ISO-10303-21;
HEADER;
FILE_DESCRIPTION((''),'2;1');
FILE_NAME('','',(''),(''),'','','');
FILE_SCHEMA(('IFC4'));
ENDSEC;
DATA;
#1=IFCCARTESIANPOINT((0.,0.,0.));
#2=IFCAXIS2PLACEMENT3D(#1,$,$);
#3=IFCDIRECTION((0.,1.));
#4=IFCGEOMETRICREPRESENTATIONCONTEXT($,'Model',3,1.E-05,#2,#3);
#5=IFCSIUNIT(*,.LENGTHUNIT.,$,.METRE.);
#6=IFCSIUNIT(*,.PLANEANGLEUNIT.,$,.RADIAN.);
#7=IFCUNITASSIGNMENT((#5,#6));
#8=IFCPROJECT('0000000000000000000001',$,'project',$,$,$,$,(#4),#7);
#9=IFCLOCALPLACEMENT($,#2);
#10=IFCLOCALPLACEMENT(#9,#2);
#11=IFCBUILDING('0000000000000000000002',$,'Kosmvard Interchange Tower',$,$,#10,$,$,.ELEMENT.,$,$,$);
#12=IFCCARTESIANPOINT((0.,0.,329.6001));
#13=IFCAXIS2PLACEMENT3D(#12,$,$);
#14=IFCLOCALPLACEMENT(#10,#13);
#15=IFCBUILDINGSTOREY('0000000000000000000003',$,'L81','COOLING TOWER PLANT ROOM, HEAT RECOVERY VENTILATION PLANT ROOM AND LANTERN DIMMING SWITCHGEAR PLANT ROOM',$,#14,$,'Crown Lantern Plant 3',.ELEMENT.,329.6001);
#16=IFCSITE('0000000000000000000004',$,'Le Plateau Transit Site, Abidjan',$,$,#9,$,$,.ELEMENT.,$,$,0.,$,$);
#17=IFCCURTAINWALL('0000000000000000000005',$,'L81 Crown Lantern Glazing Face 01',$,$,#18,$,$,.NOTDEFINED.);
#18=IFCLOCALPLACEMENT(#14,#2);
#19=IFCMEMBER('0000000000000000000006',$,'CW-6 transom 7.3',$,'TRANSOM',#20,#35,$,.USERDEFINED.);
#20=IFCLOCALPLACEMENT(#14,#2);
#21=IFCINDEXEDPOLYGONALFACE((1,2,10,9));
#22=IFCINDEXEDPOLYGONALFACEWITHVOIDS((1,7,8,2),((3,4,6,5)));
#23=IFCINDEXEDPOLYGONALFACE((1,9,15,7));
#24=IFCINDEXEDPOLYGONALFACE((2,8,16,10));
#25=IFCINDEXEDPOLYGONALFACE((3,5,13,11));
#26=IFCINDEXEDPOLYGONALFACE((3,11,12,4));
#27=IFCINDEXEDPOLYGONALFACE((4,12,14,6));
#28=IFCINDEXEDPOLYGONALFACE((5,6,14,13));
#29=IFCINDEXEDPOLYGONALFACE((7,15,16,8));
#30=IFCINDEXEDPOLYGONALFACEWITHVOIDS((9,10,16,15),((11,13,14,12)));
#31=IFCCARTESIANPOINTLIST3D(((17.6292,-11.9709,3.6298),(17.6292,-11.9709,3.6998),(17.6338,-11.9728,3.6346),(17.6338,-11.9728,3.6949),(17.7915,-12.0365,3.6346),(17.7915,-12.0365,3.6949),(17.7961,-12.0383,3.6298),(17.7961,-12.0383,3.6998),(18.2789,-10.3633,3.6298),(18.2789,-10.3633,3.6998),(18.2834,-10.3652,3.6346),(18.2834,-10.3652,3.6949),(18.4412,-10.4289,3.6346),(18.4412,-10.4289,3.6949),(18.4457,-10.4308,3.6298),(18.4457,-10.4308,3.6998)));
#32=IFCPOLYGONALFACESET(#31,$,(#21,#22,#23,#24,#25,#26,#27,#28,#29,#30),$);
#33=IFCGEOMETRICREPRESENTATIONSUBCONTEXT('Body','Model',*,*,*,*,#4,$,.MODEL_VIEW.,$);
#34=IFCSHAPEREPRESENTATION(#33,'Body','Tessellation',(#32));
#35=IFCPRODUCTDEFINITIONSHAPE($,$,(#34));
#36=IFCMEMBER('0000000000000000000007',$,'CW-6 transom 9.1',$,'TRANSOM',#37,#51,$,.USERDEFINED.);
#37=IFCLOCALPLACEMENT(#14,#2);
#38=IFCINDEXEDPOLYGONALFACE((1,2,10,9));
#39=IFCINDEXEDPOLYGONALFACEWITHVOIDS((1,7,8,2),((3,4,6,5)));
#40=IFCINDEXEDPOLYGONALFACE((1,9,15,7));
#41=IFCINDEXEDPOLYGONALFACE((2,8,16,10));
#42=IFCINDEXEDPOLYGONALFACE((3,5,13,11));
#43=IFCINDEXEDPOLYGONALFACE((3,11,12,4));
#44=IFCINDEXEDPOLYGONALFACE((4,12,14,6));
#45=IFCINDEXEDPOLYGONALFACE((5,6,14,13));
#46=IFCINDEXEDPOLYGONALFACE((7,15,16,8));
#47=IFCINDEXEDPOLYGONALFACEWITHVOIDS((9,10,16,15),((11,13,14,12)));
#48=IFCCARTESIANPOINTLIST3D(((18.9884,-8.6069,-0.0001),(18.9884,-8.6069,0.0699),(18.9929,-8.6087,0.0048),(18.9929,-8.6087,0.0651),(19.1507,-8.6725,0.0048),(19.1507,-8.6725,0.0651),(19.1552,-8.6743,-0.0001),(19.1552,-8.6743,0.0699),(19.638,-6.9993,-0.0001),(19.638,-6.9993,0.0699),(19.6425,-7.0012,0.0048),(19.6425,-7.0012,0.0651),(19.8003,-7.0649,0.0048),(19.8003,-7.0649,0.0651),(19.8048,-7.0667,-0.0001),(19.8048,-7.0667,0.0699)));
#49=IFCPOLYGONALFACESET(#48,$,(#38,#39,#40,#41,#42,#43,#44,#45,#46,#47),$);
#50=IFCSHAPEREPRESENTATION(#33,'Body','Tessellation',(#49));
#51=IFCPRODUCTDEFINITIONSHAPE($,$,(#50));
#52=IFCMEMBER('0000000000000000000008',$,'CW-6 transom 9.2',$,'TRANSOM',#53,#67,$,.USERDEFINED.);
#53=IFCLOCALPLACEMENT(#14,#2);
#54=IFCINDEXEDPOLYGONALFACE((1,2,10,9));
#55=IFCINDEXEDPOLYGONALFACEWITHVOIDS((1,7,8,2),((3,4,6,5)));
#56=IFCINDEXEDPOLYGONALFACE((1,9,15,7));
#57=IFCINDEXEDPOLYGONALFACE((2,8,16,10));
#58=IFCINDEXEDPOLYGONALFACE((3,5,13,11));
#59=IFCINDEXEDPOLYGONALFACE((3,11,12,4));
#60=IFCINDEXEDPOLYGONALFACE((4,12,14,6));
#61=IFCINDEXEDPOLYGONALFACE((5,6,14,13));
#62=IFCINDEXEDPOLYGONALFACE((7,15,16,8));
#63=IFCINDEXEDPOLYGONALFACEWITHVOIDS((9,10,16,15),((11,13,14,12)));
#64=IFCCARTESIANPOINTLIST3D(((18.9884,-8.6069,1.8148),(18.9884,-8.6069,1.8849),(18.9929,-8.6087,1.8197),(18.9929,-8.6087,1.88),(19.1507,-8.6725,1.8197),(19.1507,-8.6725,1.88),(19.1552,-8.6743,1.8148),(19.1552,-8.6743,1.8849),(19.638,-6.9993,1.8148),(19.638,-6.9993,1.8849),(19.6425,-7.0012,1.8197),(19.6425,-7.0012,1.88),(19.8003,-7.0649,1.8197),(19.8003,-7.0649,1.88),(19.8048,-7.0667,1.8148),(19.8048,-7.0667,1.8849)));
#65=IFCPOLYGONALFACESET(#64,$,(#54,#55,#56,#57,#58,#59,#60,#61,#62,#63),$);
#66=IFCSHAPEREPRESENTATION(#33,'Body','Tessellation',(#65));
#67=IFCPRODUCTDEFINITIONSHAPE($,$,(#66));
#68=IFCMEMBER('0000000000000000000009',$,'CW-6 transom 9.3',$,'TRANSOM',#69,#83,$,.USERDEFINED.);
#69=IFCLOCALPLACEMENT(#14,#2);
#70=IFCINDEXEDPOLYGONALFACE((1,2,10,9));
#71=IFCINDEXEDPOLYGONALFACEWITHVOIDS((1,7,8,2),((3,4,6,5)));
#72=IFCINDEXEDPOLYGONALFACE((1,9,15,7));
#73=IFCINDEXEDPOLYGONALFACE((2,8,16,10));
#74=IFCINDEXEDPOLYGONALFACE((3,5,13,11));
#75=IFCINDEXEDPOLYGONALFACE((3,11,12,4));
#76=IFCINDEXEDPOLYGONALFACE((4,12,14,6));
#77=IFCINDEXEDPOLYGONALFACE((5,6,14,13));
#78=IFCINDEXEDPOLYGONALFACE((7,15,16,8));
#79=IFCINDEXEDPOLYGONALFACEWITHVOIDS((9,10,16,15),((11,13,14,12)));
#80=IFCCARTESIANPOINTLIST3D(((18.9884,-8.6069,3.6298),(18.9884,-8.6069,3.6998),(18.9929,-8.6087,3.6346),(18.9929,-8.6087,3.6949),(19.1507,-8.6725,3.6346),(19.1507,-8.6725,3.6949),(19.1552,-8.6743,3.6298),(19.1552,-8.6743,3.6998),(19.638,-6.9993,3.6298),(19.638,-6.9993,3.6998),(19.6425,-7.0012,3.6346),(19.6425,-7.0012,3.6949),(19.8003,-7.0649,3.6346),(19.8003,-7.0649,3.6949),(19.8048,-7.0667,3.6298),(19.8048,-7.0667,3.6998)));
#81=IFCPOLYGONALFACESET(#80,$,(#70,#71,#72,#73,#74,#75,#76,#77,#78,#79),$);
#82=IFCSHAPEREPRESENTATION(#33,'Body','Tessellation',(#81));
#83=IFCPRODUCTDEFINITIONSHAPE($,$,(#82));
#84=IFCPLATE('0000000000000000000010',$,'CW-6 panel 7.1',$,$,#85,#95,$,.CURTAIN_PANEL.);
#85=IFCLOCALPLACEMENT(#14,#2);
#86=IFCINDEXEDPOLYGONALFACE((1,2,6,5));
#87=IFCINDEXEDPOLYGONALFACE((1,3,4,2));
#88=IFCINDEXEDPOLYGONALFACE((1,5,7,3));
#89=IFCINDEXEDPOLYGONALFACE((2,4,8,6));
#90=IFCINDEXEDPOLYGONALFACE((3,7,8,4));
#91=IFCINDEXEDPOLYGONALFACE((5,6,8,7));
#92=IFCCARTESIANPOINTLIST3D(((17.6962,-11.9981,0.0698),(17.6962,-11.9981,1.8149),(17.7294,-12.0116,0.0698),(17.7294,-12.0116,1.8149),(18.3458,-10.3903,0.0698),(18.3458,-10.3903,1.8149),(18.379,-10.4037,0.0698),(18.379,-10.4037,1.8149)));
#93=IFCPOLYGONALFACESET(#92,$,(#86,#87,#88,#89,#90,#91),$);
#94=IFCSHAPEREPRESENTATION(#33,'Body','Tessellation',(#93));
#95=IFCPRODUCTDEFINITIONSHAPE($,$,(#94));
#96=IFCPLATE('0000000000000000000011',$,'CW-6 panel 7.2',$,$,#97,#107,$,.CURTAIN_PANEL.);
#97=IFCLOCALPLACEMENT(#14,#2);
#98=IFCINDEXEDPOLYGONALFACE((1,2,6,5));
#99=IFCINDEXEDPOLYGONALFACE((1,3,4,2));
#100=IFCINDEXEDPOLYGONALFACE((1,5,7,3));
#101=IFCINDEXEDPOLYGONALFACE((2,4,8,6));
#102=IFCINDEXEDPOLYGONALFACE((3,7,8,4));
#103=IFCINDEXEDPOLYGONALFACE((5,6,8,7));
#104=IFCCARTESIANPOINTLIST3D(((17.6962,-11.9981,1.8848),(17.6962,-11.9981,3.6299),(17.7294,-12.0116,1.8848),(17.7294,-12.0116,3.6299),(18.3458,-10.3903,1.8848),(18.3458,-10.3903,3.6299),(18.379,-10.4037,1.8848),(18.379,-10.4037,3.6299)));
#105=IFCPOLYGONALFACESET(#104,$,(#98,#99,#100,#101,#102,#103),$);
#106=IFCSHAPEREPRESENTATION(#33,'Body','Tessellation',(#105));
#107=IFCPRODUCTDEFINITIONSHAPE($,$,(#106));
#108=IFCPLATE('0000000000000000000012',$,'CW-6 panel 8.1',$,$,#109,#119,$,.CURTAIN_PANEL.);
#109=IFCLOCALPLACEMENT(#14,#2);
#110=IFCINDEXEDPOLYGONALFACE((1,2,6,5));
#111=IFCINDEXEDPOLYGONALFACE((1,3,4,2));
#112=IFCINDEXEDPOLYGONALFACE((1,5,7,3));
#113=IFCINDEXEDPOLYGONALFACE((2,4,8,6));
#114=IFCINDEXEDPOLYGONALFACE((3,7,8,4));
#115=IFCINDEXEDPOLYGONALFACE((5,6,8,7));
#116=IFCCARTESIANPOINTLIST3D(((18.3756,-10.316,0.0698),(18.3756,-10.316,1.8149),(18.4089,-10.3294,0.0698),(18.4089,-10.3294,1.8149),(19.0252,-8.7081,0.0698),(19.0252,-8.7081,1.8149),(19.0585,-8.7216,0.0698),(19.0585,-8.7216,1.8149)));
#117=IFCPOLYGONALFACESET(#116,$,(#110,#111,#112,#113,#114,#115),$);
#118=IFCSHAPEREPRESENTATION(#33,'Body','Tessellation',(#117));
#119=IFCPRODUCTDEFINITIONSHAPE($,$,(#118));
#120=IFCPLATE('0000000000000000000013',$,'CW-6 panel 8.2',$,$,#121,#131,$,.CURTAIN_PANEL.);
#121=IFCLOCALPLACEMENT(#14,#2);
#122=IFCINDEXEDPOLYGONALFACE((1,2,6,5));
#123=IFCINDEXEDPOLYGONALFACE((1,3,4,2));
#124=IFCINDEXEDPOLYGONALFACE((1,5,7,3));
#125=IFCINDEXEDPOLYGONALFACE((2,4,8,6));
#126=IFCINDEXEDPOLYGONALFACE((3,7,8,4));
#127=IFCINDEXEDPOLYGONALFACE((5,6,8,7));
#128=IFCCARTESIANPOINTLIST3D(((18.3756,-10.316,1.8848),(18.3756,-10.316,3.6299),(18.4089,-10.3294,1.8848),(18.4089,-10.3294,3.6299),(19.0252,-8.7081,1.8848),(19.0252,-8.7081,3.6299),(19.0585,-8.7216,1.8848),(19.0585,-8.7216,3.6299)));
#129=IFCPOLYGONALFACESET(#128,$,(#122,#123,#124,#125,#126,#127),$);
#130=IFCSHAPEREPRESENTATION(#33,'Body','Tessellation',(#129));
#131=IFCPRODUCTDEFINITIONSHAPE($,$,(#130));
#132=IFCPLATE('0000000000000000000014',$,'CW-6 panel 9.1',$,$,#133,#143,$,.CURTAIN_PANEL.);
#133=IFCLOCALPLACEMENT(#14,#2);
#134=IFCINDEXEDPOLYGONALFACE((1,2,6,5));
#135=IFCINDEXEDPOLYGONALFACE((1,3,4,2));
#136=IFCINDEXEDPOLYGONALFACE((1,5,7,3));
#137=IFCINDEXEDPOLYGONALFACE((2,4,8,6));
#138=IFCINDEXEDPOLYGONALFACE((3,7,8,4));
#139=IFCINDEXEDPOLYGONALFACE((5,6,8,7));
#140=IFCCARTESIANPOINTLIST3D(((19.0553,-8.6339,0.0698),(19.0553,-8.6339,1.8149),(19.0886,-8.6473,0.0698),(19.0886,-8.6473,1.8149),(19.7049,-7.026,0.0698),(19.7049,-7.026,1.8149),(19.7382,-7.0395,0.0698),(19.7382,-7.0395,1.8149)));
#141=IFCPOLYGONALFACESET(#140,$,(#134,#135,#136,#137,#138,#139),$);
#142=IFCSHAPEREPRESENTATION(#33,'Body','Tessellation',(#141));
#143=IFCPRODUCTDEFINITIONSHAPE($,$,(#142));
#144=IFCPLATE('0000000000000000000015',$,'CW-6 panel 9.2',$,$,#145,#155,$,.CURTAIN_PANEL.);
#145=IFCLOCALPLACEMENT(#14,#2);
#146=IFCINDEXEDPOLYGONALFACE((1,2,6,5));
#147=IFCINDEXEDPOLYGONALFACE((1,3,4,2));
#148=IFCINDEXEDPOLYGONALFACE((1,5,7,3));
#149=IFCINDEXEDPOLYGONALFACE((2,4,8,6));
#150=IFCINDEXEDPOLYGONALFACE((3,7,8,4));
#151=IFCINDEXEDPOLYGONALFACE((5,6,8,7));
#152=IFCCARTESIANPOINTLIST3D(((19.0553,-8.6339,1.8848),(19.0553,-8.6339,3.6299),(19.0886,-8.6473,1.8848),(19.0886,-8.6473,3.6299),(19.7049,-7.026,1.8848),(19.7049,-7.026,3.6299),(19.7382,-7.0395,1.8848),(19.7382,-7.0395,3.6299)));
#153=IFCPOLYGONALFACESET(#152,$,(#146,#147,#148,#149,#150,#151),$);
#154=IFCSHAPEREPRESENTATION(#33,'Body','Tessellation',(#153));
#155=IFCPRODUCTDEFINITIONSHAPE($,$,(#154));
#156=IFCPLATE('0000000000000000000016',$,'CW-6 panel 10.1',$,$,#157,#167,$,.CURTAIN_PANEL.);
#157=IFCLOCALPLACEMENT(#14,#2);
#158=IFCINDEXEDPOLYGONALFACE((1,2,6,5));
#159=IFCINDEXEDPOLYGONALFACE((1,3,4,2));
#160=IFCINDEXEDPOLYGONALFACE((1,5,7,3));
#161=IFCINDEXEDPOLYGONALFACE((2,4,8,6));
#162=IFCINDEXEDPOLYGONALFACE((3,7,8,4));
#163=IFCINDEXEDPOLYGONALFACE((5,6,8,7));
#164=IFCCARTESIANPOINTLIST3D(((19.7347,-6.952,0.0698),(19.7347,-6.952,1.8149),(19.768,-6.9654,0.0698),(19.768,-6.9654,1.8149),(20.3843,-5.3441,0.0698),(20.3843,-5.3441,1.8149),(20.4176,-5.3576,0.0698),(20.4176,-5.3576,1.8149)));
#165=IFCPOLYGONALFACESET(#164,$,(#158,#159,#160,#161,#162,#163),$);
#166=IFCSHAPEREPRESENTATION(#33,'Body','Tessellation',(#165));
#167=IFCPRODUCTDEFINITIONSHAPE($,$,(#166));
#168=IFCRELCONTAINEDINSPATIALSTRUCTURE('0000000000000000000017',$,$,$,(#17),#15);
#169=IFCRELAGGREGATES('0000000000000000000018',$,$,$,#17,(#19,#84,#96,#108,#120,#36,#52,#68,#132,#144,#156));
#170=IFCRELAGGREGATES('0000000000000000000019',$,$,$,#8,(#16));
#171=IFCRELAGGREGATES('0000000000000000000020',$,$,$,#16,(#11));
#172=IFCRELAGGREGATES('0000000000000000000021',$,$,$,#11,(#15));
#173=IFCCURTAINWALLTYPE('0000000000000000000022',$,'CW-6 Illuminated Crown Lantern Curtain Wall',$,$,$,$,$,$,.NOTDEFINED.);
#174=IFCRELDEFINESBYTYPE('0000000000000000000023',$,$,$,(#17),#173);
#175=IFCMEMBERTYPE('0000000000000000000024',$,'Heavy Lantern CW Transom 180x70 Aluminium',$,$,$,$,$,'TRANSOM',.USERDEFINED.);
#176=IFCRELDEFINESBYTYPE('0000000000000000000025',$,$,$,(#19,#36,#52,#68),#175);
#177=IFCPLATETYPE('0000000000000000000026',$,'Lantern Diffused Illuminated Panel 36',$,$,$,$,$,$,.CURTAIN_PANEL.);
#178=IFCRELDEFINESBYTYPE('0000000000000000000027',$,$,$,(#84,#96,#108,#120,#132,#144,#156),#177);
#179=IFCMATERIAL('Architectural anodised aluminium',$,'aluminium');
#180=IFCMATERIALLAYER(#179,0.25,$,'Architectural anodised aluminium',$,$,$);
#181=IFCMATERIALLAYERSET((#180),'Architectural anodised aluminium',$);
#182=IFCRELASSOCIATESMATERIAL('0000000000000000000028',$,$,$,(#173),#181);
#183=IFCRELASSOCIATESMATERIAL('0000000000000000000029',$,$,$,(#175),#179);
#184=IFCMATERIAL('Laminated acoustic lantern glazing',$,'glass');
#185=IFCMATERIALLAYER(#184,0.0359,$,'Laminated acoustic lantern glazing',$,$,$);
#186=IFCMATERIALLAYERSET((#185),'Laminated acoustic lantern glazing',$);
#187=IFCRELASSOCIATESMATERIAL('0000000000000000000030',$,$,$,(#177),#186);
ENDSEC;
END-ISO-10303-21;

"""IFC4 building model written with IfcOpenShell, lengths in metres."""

from ifc_helpers import new_model, si_unit, direction, frame, origin, origin_2d, place, context, subcontext, project, spatial, rectangle, hollow_rectangle, extrude, source, transform, mapped, material, layer, layer_set, material_profile, profile_set, type_object, element, aggregate, save


model = new_model("IFC4")

# Units and contexts
model_context = context("Model", 3, precision=1e-05, world=origin(), true_north=direction((0.0, 1.0)))
body_context = subcontext(model_context, "Body", "Model", "MODEL_VIEW")
ifc_project = project(units=[si_unit("LENGTHUNIT", "METRE"), si_unit("PLANEANGLEUNIT", "RADIAN")], contexts=[model_context])

# Site, building, storey
site_placement = place(None, origin())
site = spatial("IfcSite", under=ifc_project, at=site_placement, Name="Le Plateau Transit Site, Abidjan", CompositionType="ELEMENT", RefElevation=0.0)
building_placement = place(site_placement, origin())
building = spatial("IfcBuilding", under=site, at=building_placement, Name="Kosmvard Interchange Tower", CompositionType="ELEMENT")
storey_placement = place(building_placement, frame((0.0, 0.0, 329.6001)))
storey = spatial("IfcBuildingStorey", under=building, at=storey_placement, Name="L81", Description="COOLING TOWER PLANT ROOM, HEAT RECOVERY VENTILATION PLANT ROOM AND LANTERN DIMMING SWITCHGEAR PLANT ROOM", LongName="Crown Lantern Plant 3", CompositionType="ELEMENT", Elevation=329.6001)

# Curtain wall, members, plates
ifc_material_1 = material(Name="Architectural anodised aluminium", Category="aluminium")
ifc_layer_1 = layer(ifc_material_1, 0.25, Name="Architectural anodised aluminium")
ifc_layer_set_1 = layer_set([ifc_layer_1], Name="Architectural anodised aluminium")
curtain_wall_type = type_object("IfcCurtainWallType", Name="CW-6 Illuminated Crown Lantern Curtain Wall", PredefinedType="NOTDEFINED", material=ifc_layer_set_1)
curtain_wall_placement = place(storey_placement, origin())
curtain_wall = element("IfcCurtainWall", 1, at=curtain_wall_placement, inside=storey, type_object=curtain_wall_type, Name="L81 Crown Lantern Glazing Face 01", PredefinedType="NOTDEFINED")
ifc_material_profile_1 = material_profile(ifc_material_1, hollow_rectangle(XDim=0.1799, YDim=0.0701, WallThickness=0.0049, at=origin_2d()), Name="CWT 180x70x5")
ifc_profile_set_1 = profile_set([ifc_material_profile_1], Name="Architectural anodised aluminium")
member_type_1 = type_object("IfcMemberType", Name="Heavy Lantern CW Transom 180x70 Aluminium", ElementType="TRANSOM", PredefinedType="USERDEFINED", material=ifc_profile_set_1)
shared_shape_1 = source(origin(), body_context, "Body", "SweptSolid", [
    extrude(hollow_rectangle(XDim=0.1799, YDim=0.0701, WallThickness=0.0049, at=origin_2d()), origin(), (0.0, 0.0, 1.0), 1.7339),
])
member_1_placement = place(storey_placement, frame((17.7126, -12.0046, 3.6648), z_axis=(0.374666, 0.92716, 0.0), x_axis=(-0.92716, 0.374666, 0.0)))
member_1 = element("IfcMember", 2, at=member_1_placement, type_object=member_type_1, Name="CW-6 transom 7.3", ObjectType="TRANSOM", PredefinedType="USERDEFINED", context=body_context, shape_type="MappedRepresentation", body=[
    mapped(shared_shape_1, transform((0.0, 0.0, 0.0), scale=1.0)),
])
member_2_placement = place(storey_placement, frame((19.0718, -8.6406, 0.0349), z_axis=(0.374666, 0.92716, 0.0), x_axis=(-0.92716, 0.374666, 0.0)))
member_2 = element("IfcMember", 3, at=member_2_placement, type_object=member_type_1, Name="CW-6 transom 9.1", ObjectType="TRANSOM", PredefinedType="USERDEFINED", context=body_context, shape_type="MappedRepresentation", body=[
    mapped(shared_shape_1, transform((0.0, 0.0, 0.0), scale=1.0)),
])
member_3_placement = place(storey_placement, frame((19.0718, -8.6406, 1.8499), z_axis=(0.374666, 0.92716, 0.0), x_axis=(-0.92716, 0.374666, 0.0)))
member_3 = element("IfcMember", 4, at=member_3_placement, type_object=member_type_1, Name="CW-6 transom 9.2", ObjectType="TRANSOM", PredefinedType="USERDEFINED", context=body_context, shape_type="MappedRepresentation", body=[
    mapped(shared_shape_1, transform((0.0, 0.0, 0.0), scale=1.0)),
])
member_4_placement = place(storey_placement, frame((19.0718, -8.6406, 3.6648), z_axis=(0.374666, 0.92716, 0.0), x_axis=(-0.92716, 0.374666, 0.0)))
member_4 = element("IfcMember", 5, at=member_4_placement, type_object=member_type_1, Name="CW-6 transom 9.3", ObjectType="TRANSOM", PredefinedType="USERDEFINED", context=body_context, shape_type="MappedRepresentation", body=[
    mapped(shared_shape_1, transform((0.0, 0.0, 0.0), scale=1.0)),
])
ifc_material_2 = material(Name="Laminated acoustic lantern glazing", Category="glass")
ifc_layer_2 = layer(ifc_material_2, 0.0359, Name="Laminated acoustic lantern glazing")
ifc_layer_set_2 = layer_set([ifc_layer_2], Name="Laminated acoustic lantern glazing")
plate_type = type_object("IfcPlateType", Name="Lantern Diffused Illuminated Panel 36", PredefinedType="CURTAIN_PANEL", material=ifc_layer_set_2)
shared_shape_2 = source(origin(), body_context, "Body", "SweptSolid", [
    extrude(rectangle(XDim=1.7341, YDim=0.0359, at=origin_2d()), origin(), (0.0, 0.0, 1.0), 1.7451),
])
plate_1_placement = place(storey_placement, frame((18.0376, -11.2009, 0.0698), z_axis=(0.0, 0.0, 1.0), x_axis=(0.374607, 0.927184, 0.0)))
plate_1 = element("IfcPlate", 6, at=plate_1_placement, type_object=plate_type, Name="CW-6 panel 7.1", PredefinedType="CURTAIN_PANEL", context=body_context, shape_type="MappedRepresentation", body=[
    mapped(shared_shape_2, transform((0.0, 0.0, 0.0), scale=1.0)),
])
plate_2_placement = place(storey_placement, frame((18.0376, -11.2009, 1.8848), z_axis=(0.0, 0.0, 1.0), x_axis=(0.374607, 0.927184, 0.0)))
plate_2 = element("IfcPlate", 7, at=plate_2_placement, type_object=plate_type, Name="CW-6 panel 7.2", PredefinedType="CURTAIN_PANEL", context=body_context, shape_type="MappedRepresentation", body=[
    mapped(shared_shape_2, transform((0.0, 0.0, 0.0), scale=1.0)),
])
plate_3_placement = place(storey_placement, frame((18.717, -9.5188, 0.0698), z_axis=(0.0, 0.0, 1.0), x_axis=(0.374607, 0.927184, 0.0)))
plate_3 = element("IfcPlate", 8, at=plate_3_placement, type_object=plate_type, Name="CW-6 panel 8.1", PredefinedType="CURTAIN_PANEL", context=body_context, shape_type="MappedRepresentation", body=[
    mapped(shared_shape_2, transform((0.0, 0.0, 0.0), scale=1.0)),
])
plate_4_placement = place(storey_placement, frame((18.717, -9.5188, 1.8848), z_axis=(0.0, 0.0, 1.0), x_axis=(0.374607, 0.927184, 0.0)))
plate_4 = element("IfcPlate", 9, at=plate_4_placement, type_object=plate_type, Name="CW-6 panel 8.2", PredefinedType="CURTAIN_PANEL", context=body_context, shape_type="MappedRepresentation", body=[
    mapped(shared_shape_2, transform((0.0, 0.0, 0.0), scale=1.0)),
])
plate_5_placement = place(storey_placement, frame((19.3967, -7.8367, 0.0698), z_axis=(0.0, 0.0, 1.0), x_axis=(0.374607, 0.927184, 0.0)))
plate_5 = element("IfcPlate", 10, at=plate_5_placement, type_object=plate_type, Name="CW-6 panel 9.1", PredefinedType="CURTAIN_PANEL", context=body_context, shape_type="MappedRepresentation", body=[
    mapped(shared_shape_2, transform((0.0, 0.0, 0.0), scale=1.0)),
])
plate_6_placement = place(storey_placement, frame((19.3967, -7.8367, 1.8848), z_axis=(0.0, 0.0, 1.0), x_axis=(0.374607, 0.927184, 0.0)))
plate_6 = element("IfcPlate", 11, at=plate_6_placement, type_object=plate_type, Name="CW-6 panel 9.2", PredefinedType="CURTAIN_PANEL", context=body_context, shape_type="MappedRepresentation", body=[
    mapped(shared_shape_2, transform((0.0, 0.0, 0.0), scale=1.0)),
])
plate_7_placement = place(storey_placement, frame((20.0762, -6.1548, 0.0698), z_axis=(0.0, 0.0, 1.0), x_axis=(0.374607, 0.927184, 0.0)))
plate_7 = element("IfcPlate", 12, at=plate_7_placement, type_object=plate_type, Name="CW-6 panel 10.1", PredefinedType="CURTAIN_PANEL", context=body_context, shape_type="MappedRepresentation", body=[
    mapped(shared_shape_2, transform((0.0, 0.0, 0.0), scale=1.0)),
])
aggregate(curtain_wall, [member_1, plate_1, plate_2, plate_3, plate_4, member_2, member_3, member_4, plate_5, plate_6, plate_7])

save(model, "model.ifc")
